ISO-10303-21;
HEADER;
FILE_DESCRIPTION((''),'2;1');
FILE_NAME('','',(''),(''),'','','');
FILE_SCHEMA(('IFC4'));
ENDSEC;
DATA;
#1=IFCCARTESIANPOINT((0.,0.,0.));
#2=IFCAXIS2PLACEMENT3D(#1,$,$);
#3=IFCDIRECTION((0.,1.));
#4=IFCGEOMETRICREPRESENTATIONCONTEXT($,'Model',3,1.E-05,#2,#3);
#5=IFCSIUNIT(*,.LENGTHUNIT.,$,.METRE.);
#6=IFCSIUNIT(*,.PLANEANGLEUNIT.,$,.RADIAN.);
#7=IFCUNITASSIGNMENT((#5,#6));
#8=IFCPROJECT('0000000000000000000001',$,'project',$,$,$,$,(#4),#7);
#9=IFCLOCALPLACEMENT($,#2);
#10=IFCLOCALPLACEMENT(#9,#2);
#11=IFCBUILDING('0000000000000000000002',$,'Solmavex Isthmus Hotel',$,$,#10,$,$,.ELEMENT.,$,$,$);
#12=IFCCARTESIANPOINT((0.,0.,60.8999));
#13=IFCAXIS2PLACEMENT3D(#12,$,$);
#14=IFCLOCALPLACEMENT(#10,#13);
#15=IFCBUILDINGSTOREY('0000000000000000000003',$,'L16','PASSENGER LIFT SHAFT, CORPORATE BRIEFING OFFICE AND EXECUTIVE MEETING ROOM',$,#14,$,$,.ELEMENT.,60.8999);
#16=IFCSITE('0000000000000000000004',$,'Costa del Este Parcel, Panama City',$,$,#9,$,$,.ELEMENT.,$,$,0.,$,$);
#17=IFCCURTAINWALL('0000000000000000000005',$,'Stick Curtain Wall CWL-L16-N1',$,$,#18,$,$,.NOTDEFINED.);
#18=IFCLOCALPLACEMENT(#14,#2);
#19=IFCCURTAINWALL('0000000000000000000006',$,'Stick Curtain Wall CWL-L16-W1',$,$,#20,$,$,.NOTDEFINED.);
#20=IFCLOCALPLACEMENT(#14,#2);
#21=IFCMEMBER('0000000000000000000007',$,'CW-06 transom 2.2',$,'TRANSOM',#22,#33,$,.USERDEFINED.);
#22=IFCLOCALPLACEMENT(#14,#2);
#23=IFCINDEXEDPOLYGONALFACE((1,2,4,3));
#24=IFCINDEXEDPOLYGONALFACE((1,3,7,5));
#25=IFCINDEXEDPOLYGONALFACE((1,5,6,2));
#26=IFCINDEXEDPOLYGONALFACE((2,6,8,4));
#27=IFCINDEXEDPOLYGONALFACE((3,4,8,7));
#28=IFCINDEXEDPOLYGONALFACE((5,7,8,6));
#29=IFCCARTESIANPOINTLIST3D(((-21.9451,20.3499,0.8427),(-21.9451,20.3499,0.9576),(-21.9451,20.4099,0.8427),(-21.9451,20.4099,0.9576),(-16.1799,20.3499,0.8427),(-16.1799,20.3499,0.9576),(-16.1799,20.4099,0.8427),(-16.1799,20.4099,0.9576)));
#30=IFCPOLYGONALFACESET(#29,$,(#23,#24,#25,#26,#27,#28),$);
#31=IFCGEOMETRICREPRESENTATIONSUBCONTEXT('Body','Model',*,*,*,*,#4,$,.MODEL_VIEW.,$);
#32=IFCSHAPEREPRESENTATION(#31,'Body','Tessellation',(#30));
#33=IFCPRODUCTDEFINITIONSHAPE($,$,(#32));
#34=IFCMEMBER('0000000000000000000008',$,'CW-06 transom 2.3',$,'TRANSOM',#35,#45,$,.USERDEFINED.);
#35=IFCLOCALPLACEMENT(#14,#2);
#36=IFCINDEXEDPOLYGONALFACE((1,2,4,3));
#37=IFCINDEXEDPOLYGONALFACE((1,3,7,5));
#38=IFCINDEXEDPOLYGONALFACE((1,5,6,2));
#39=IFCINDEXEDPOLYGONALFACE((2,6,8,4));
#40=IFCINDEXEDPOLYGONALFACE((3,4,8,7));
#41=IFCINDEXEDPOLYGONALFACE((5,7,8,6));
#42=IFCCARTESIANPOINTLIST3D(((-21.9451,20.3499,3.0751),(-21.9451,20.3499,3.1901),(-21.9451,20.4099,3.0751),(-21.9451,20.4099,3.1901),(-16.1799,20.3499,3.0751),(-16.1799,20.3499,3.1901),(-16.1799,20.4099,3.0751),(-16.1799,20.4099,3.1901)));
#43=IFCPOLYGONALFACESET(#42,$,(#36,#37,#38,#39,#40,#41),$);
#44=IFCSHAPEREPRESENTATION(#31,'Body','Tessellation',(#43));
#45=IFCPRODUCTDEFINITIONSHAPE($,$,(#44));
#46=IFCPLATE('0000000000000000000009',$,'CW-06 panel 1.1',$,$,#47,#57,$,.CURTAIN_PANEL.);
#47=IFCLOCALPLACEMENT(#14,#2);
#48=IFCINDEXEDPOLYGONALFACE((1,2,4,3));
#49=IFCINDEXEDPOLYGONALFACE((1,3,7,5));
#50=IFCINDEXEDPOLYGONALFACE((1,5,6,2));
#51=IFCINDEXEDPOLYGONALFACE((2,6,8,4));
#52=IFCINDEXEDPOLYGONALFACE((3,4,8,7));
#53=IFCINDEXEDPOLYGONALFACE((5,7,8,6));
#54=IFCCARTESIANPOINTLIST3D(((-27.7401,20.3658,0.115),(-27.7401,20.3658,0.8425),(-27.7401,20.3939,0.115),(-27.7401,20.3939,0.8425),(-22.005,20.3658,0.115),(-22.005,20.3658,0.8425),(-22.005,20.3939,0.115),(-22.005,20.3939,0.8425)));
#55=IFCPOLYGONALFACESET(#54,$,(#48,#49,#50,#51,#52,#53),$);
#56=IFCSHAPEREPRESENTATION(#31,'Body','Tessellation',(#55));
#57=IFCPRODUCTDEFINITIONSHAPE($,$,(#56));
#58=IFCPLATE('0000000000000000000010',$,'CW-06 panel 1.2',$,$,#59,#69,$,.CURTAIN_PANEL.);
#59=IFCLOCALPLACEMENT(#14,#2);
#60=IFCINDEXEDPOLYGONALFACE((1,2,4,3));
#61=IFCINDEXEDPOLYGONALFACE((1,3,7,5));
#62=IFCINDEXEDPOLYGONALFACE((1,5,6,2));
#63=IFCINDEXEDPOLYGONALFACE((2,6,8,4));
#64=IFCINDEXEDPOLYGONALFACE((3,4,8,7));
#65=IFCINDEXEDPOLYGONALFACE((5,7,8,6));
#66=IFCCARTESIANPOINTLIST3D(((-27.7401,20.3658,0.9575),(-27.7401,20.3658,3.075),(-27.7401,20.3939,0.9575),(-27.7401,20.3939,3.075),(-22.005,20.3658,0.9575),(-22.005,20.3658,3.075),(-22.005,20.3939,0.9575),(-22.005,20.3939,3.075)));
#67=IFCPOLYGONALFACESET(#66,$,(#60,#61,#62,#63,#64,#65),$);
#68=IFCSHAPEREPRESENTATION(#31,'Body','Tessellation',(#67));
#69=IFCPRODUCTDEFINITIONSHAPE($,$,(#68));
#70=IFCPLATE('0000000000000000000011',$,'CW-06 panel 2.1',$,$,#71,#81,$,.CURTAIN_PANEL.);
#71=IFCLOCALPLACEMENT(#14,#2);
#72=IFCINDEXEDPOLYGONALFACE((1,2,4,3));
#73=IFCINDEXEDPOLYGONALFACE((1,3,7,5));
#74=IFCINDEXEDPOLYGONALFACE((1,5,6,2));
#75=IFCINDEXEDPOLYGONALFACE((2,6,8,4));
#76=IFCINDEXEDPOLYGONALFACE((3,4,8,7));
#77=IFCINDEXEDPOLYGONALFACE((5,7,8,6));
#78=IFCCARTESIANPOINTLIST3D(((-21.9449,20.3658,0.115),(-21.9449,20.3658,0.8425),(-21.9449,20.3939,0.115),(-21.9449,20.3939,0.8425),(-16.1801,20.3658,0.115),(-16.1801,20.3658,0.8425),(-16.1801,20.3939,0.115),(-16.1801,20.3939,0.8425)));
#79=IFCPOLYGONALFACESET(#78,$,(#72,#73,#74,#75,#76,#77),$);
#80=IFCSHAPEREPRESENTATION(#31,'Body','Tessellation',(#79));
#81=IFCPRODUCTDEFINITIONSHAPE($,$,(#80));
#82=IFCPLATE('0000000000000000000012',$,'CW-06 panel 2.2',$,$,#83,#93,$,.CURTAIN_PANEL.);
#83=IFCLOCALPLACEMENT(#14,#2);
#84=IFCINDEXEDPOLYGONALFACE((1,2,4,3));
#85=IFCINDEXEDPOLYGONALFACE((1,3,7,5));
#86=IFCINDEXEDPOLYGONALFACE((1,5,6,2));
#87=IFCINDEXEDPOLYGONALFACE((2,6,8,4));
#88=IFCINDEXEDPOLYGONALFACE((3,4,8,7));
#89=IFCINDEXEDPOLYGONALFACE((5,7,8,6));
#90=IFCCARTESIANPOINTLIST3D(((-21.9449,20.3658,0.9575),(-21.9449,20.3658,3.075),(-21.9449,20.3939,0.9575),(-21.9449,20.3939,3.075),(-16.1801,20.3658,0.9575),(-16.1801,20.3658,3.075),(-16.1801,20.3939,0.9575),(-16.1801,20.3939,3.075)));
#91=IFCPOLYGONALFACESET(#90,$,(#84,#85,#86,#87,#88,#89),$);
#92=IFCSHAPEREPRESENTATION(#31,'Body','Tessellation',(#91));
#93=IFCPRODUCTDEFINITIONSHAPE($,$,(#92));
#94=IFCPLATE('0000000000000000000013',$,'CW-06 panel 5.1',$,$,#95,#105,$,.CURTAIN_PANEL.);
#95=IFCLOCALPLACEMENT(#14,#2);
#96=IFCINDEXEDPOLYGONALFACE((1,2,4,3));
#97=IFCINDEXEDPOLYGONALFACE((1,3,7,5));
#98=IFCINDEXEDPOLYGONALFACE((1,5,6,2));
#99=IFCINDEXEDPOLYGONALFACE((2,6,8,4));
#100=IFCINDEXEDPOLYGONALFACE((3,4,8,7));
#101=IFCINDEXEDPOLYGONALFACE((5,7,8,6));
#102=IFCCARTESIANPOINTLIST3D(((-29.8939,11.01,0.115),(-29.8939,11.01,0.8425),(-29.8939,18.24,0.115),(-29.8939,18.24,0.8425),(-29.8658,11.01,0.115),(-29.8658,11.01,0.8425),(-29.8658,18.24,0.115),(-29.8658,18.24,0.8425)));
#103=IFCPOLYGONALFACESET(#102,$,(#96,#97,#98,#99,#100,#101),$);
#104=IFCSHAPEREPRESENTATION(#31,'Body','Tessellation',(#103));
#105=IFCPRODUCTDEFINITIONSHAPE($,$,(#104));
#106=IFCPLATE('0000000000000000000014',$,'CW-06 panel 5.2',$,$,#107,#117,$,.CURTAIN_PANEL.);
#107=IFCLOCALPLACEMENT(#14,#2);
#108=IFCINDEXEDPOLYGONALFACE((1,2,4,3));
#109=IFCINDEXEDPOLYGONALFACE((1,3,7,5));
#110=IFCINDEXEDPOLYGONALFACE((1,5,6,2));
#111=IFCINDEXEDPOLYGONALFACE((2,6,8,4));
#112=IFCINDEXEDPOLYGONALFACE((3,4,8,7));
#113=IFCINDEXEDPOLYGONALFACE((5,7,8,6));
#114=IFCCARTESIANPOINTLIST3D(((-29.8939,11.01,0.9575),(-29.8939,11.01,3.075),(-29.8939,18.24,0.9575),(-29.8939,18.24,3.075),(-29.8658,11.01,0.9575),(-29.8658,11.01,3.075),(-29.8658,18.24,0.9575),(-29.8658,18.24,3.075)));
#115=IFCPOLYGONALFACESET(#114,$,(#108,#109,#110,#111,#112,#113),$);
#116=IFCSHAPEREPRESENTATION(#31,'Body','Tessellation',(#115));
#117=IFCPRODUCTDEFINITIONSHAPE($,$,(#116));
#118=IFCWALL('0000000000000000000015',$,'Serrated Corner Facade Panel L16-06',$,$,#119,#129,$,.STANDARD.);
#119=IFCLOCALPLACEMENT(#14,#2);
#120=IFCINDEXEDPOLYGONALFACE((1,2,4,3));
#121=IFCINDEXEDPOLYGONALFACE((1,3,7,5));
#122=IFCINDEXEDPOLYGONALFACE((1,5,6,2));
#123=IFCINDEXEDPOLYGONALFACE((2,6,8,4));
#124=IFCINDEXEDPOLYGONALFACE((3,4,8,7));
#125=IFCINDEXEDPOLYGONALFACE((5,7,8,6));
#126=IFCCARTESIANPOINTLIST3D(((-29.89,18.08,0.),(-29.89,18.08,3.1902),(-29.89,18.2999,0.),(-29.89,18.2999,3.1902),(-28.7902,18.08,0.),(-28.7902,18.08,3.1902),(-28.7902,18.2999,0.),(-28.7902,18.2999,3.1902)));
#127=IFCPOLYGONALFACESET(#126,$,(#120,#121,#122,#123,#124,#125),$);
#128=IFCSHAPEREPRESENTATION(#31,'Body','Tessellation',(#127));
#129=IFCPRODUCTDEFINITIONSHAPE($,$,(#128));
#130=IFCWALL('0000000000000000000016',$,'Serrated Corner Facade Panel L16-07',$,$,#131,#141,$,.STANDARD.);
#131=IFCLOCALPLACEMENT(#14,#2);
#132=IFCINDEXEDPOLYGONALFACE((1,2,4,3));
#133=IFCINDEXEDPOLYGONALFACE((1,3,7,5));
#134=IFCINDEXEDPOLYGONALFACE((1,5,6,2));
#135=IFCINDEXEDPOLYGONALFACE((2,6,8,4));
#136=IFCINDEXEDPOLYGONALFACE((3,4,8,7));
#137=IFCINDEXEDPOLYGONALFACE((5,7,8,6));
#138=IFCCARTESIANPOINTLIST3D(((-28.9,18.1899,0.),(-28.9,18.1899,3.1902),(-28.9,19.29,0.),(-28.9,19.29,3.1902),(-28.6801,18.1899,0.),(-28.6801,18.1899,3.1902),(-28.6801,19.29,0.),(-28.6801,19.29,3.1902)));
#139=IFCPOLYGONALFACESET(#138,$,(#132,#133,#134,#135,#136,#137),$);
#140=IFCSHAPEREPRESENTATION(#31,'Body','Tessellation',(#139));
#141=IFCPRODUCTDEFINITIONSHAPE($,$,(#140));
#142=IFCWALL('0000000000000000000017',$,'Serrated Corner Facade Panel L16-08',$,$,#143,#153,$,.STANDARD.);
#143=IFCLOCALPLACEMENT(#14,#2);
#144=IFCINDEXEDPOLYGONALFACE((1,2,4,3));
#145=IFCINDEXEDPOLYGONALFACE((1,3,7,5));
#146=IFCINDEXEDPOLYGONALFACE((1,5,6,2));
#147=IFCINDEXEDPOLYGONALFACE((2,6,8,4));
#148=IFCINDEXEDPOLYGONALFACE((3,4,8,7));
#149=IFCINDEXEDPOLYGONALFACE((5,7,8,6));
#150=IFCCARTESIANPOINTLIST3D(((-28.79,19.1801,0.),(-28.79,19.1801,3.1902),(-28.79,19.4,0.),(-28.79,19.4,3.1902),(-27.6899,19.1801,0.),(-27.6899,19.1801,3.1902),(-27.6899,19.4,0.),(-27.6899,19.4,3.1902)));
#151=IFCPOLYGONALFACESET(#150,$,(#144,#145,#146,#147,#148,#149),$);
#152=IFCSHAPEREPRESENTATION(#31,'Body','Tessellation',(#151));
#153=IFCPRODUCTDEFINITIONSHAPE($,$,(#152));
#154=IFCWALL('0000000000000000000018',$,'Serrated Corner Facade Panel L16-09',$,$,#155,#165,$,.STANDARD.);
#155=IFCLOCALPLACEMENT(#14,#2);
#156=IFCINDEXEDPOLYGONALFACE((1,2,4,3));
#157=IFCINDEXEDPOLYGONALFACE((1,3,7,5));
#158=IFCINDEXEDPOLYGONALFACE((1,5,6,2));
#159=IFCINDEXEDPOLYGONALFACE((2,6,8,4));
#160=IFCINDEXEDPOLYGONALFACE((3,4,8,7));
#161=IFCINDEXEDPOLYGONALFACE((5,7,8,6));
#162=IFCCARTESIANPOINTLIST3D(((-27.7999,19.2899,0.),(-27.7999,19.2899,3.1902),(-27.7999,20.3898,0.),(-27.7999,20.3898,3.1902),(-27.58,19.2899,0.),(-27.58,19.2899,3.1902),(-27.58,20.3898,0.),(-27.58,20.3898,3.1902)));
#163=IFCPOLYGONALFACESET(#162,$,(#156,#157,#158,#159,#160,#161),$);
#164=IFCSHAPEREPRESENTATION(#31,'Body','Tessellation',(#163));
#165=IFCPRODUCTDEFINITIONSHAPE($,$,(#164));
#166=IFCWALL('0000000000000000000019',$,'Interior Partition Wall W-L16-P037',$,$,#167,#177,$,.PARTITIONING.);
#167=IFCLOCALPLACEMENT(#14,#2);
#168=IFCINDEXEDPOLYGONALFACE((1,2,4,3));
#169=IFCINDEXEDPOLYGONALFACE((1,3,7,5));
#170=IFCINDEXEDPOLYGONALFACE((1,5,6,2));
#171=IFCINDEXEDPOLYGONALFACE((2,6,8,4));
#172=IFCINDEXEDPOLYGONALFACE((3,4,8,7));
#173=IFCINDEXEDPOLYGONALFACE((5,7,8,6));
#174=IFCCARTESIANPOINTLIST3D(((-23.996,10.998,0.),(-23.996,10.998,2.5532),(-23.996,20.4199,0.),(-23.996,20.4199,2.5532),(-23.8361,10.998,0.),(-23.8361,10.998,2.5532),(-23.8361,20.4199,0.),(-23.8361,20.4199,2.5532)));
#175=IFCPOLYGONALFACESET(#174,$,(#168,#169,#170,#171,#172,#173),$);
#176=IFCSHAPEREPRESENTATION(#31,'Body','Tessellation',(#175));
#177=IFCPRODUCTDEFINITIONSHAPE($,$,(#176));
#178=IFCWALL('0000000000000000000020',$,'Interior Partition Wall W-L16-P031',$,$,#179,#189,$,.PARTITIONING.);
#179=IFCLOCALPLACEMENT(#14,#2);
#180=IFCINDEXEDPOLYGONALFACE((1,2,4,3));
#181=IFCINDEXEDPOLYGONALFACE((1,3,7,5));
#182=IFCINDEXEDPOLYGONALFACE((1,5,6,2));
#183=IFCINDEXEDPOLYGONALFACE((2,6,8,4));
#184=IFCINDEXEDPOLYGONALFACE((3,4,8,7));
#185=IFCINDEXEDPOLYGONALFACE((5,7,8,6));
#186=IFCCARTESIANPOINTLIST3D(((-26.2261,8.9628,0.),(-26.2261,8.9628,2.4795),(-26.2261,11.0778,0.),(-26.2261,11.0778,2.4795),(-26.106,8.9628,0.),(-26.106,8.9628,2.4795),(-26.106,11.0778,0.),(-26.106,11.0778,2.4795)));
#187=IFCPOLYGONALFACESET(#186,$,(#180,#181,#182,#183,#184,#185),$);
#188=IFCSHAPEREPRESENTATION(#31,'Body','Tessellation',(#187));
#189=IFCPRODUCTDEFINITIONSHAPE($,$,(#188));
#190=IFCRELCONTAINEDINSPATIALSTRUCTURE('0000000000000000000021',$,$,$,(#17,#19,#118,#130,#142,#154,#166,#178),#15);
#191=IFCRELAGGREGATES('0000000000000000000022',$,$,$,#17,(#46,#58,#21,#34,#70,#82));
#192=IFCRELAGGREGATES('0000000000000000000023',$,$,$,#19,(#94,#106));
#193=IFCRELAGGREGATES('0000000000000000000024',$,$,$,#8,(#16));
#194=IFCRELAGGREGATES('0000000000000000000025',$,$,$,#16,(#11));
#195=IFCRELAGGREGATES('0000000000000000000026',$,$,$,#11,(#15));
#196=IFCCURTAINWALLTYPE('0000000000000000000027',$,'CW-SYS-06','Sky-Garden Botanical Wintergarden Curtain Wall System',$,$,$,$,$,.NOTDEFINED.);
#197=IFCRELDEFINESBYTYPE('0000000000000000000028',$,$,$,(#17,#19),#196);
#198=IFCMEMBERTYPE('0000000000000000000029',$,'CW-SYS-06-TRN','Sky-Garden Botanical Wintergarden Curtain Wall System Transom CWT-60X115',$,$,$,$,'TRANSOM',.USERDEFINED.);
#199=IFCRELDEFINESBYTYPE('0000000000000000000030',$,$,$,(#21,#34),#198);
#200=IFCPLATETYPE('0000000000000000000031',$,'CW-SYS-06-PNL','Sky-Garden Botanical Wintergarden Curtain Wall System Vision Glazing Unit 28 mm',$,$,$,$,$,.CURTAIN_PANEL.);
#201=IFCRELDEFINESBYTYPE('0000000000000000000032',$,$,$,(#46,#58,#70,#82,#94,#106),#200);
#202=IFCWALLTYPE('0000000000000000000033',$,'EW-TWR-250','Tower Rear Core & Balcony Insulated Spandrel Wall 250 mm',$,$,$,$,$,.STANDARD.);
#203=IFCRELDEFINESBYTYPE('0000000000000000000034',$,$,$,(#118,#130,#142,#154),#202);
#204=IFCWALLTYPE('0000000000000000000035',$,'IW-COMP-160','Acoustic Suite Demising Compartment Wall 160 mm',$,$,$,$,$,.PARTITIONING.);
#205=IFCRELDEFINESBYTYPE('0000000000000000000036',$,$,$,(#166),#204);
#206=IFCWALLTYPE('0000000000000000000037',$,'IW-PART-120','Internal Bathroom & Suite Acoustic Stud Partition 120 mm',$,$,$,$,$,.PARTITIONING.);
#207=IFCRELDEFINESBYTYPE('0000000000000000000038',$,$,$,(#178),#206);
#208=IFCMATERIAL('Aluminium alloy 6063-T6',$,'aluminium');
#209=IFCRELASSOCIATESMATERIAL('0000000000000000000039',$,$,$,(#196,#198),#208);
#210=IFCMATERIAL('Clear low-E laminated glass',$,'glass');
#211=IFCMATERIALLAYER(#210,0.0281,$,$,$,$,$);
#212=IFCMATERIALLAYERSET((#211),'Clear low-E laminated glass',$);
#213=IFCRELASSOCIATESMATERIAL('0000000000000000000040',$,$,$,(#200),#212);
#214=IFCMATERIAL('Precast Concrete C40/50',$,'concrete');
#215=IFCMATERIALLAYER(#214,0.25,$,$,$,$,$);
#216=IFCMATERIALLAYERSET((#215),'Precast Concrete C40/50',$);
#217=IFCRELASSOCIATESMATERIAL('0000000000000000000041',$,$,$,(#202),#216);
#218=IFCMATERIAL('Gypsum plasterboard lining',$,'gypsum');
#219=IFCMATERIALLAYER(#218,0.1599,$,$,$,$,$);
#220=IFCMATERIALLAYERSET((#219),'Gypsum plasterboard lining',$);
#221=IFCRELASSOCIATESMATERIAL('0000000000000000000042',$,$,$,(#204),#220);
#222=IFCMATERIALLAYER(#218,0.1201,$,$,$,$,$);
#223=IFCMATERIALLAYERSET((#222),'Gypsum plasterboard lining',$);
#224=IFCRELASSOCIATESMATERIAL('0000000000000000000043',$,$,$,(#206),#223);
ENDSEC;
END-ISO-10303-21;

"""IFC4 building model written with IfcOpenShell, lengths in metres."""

from ifc_helpers import new_model, si_unit, direction, frame, frame_2d, origin, origin_2d, place, context, subcontext, project, spatial, rectangle, extrude, material, layer, layer_set, material_profile, profile_set, type_object, element, aggregate, save


model = new_model("IFC4")

# Units and contexts
model_context = context("Model", 3, precision=1e-05, world=origin(), true_north=direction((0.0, 1.0)))
body_context = subcontext(model_context, "Body", "Model", "MODEL_VIEW")
ifc_project = project(units=[si_unit("LENGTHUNIT", "METRE"), si_unit("PLANEANGLEUNIT", "RADIAN")], contexts=[model_context])

# Site, building, storey
site_placement = place(None, origin())
site = spatial("IfcSite", under=ifc_project, at=site_placement, Name="Costa del Este Parcel, Panama City", CompositionType="ELEMENT", RefElevation=0.0)
building_placement = place(site_placement, origin())
building = spatial("IfcBuilding", under=site, at=building_placement, Name="Solmavex Isthmus Hotel", CompositionType="ELEMENT")
storey_placement = place(building_placement, frame((0.0, 0.0, 60.8999)))
storey = spatial("IfcBuildingStorey", under=building, at=storey_placement, Name="L16", Description="PASSENGER LIFT SHAFT, CORPORATE BRIEFING OFFICE AND EXECUTIVE MEETING ROOM", CompositionType="ELEMENT", Elevation=60.8999)

# Curtain wall
ifc_material_1 = material(Name="Aluminium alloy 6063-T6", Category="aluminium")
curtain_wall_type = type_object("IfcCurtainWallType", Name="CW-SYS-06", Description="Sky-Garden Botanical Wintergarden Curtain Wall System", PredefinedType="NOTDEFINED", material=ifc_material_1)
curtain_wall_1_placement = place(storey_placement, origin())
curtain_wall_1 = element("IfcCurtainWall", 1, at=curtain_wall_1_placement, inside=storey, type_object=curtain_wall_type, Name="Stick Curtain Wall CWL-L16-N1", PredefinedType="NOTDEFINED")

# Curtain wall
curtain_wall_2_placement = place(storey_placement, origin())
curtain_wall_2 = element("IfcCurtainWall", 2, at=curtain_wall_2_placement, inside=storey, type_object=curtain_wall_type, Name="Stick Curtain Wall CWL-L16-W1", PredefinedType="NOTDEFINED")

# Members
ifc_material_profile_1 = material_profile(ifc_material_1, rectangle(XDim=0.0601, YDim=0.115, at=origin_2d()), Name="CWT-60X115")
ifc_profile_set_1 = profile_set([ifc_material_profile_1], Name="Aluminium alloy 6063-T6")
member_type_1 = type_object("IfcMemberType", Name="CW-SYS-06-TRN", Description="Sky-Garden Botanical Wintergarden Curtain Wall System Transom CWT-60X115", ElementType="TRANSOM", PredefinedType="USERDEFINED", material=ifc_profile_set_1)
member_1_placement = place(storey_placement, frame((-21.9451, 20.3799, 0.9001), z_axis=(1.0, 0.0, 0.0), x_axis=(0.0, 1.0, 0.0)))
member_1 = element("IfcMember", 3, at=member_1_placement, type_object=member_type_1, Name="CW-06 transom 2.2", ObjectType="TRANSOM", PredefinedType="USERDEFINED", context=body_context, shape_type="SweptSolid", body=[
    extrude(rectangle(XDim=0.0601, YDim=0.115, at=origin_2d()), origin(), (0.0, 0.0, 1.0), 5.7651),
])
member_2_placement = place(storey_placement, frame((-21.9451, 20.3799, 3.1326), z_axis=(1.0, 0.0, 0.0), x_axis=(0.0, 1.0, 0.0)))
member_2 = element("IfcMember", 4, at=member_2_placement, type_object=member_type_1, Name="CW-06 transom 2.3", ObjectType="TRANSOM", PredefinedType="USERDEFINED", context=body_context, shape_type="SweptSolid", body=[
    extrude(rectangle(XDim=0.0601, YDim=0.115, at=origin_2d()), origin(), (0.0, 0.0, 1.0), 5.7651),
])

# Plates
ifc_material_2 = material(Name="Clear low-E laminated glass", Category="glass")
ifc_layer_1 = layer(ifc_material_2, 0.0281)
ifc_layer_set_1 = layer_set([ifc_layer_1], Name="Clear low-E laminated glass")
plate_type = type_object("IfcPlateType", Name="CW-SYS-06-PNL", Description="Sky-Garden Botanical Wintergarden Curtain Wall System Vision Glazing Unit 28 mm", PredefinedType="CURTAIN_PANEL", material=ifc_layer_set_1)
plate_1_placement = place(storey_placement, frame((-24.8726, 20.3799, 0.115), z_axis=(0.0, 0.0, 1.0), x_axis=(1.0, 0.0, 0.0)))
plate_1 = element("IfcPlate", 5, at=plate_1_placement, type_object=plate_type, Name="CW-06 panel 1.1", PredefinedType="CURTAIN_PANEL", context=body_context, shape_type="SweptSolid", body=[
    extrude(rectangle(XDim=5.7351, YDim=0.0281, at=origin_2d()), origin(), (0.0, 0.0, 1.0), 0.7275),
])
plate_2_placement = place(storey_placement, frame((-24.8726, 20.3799, 0.9575), z_axis=(0.0, 0.0, 1.0), x_axis=(1.0, 0.0, 0.0)))
plate_2 = element("IfcPlate", 6, at=plate_2_placement, type_object=plate_type, Name="CW-06 panel 1.2", PredefinedType="CURTAIN_PANEL", context=body_context, shape_type="SweptSolid", body=[
    extrude(rectangle(XDim=5.7351, YDim=0.0281, at=origin_2d()), origin(), (0.0, 0.0, 1.0), 2.1174),
])
plate_3_placement = place(storey_placement, frame((-19.0625, 20.3799, 0.115), z_axis=(0.0, 0.0, 1.0), x_axis=(1.0, 0.0, 0.0)))
plate_3 = element("IfcPlate", 7, at=plate_3_placement, type_object=plate_type, Name="CW-06 panel 2.1", PredefinedType="CURTAIN_PANEL", context=body_context, shape_type="SweptSolid", body=[
    extrude(rectangle(XDim=5.7649, YDim=0.0281, at=origin_2d()), origin(), (0.0, 0.0, 1.0), 0.7275),
])
plate_4_placement = place(storey_placement, frame((-19.0625, 20.3799, 0.9575), z_axis=(0.0, 0.0, 1.0), x_axis=(1.0, 0.0, 0.0)))
plate_4 = element("IfcPlate", 8, at=plate_4_placement, type_object=plate_type, Name="CW-06 panel 2.2", PredefinedType="CURTAIN_PANEL", context=body_context, shape_type="SweptSolid", body=[
    extrude(rectangle(XDim=5.7649, YDim=0.0281, at=origin_2d()), origin(), (0.0, 0.0, 1.0), 2.1174),
])
aggregate(curtain_wall_1, [plate_1, plate_2, member_1, member_2, plate_3, plate_4])
plate_5_placement = place(storey_placement, frame((-29.8799, 14.625, 0.115), z_axis=(0.0, 0.0, 1.0), x_axis=(0.0, 1.0, 0.0)))
plate_5 = element("IfcPlate", 9, at=plate_5_placement, type_object=plate_type, Name="CW-06 panel 5.1", PredefinedType="CURTAIN_PANEL", context=body_context, shape_type="SweptSolid", body=[
    extrude(rectangle(XDim=7.23, YDim=0.0281, at=origin_2d()), origin(), (0.0, 0.0, 1.0), 0.7275),
])
plate_6_placement = place(storey_placement, frame((-29.8799, 14.625, 0.9575), z_axis=(0.0, 0.0, 1.0), x_axis=(0.0, 1.0, 0.0)))
plate_6 = element("IfcPlate", 10, at=plate_6_placement, type_object=plate_type, Name="CW-06 panel 5.2", PredefinedType="CURTAIN_PANEL", context=body_context, shape_type="SweptSolid", body=[
    extrude(rectangle(XDim=7.23, YDim=0.0281, at=origin_2d()), origin(), (0.0, 0.0, 1.0), 2.1174),
])
aggregate(curtain_wall_2, [plate_5, plate_6])

# Walls
ifc_material_3 = material(Name="Precast Concrete C40/50", Category="concrete")
ifc_layer_2 = layer(ifc_material_3, 0.25)
ifc_layer_set_2 = layer_set([ifc_layer_2], Name="Precast Concrete C40/50")
wall_type_1 = type_object("IfcWallType", Name="EW-TWR-250", Description="Tower Rear Core & Balcony Insulated Spandrel Wall 250 mm", PredefinedType="STANDARD", material=ifc_layer_set_2)
wall_1_placement = place(storey_placement, frame((-29.8899, 18.1899, 0.0), z_axis=(0.0, 0.0, 1.0), x_axis=(1.0, 0.0, 0.0)))
element("IfcWall", 11, at=wall_1_placement, inside=storey, type_object=wall_type_1, Name="Serrated Corner Facade Panel L16-06", PredefinedType="STANDARD", context=body_context, shape_type="SweptSolid", body=[
    extrude(rectangle(XDim=1.0999, YDim=0.22, at=frame_2d((0.5498, 0.0))), origin(), (0.0, 0.0, 1.0), 3.1902),
])
for number, where, z_axis, x_axis, name in (
    (12, (-28.79, 18.1899, 0.0), (0.0, 0.0, 1.0), (0.0, 1.0, 0.0), "Serrated Corner Facade Panel L16-07"),
    (13, (-28.79, 19.29, 0.0), (0.0, 0.0, 1.0), (1.0, 0.0, 0.0), "Serrated Corner Facade Panel L16-08"),
):
    element("IfcWall", number, at=place(storey_placement, frame(where, z_axis=z_axis, x_axis=x_axis)), inside=storey, type_object=wall_type_1, Name=name, PredefinedType="STANDARD", context=body_context, shape_type="SweptSolid", body=[
        extrude(rectangle(XDim=1.1001, YDim=0.22, at=frame_2d((0.55, 0.0))), origin(), (0.0, 0.0, 1.0), 3.1902),
    ])
wall_2_placement = place(storey_placement, frame((-27.6899, 19.29, 0.0), z_axis=(0.0, 0.0, 1.0), x_axis=(0.0, 1.0, 0.0)))
element("IfcWall", 14, at=wall_2_placement, inside=storey, type_object=wall_type_1, Name="Serrated Corner Facade Panel L16-09", PredefinedType="STANDARD", context=body_context, shape_type="SweptSolid", body=[
    extrude(rectangle(XDim=1.0999, YDim=0.22, at=frame_2d((0.5498, 0.0))), origin(), (0.0, 0.0, 1.0), 3.1902),
])

# Shared definitions
ifc_material_4 = material(Name="Gypsum plasterboard lining", Category="gypsum")
ifc_layer_3 = layer(ifc_material_4, 0.1599)
ifc_layer_set_3 = layer_set([ifc_layer_3], Name="Gypsum plasterboard lining")
wall_type_2 = type_object("IfcWallType", Name="IW-COMP-160", Description="Acoustic Suite Demising Compartment Wall 160 mm", PredefinedType="PARTITIONING", material=ifc_layer_set_3)

# Wall
wall_3_placement = place(storey_placement, frame((-23.916, 20.4199, 0.0), z_axis=(0.0, 0.0, 1.0), x_axis=(0.0, -1.0, 0.0)))
element("IfcWall", 15, at=wall_3_placement, inside=storey, type_object=wall_type_2, Name="Interior Partition Wall W-L16-P037", PredefinedType="PARTITIONING", context=body_context, shape_type="SweptSolid", body=[
    extrude(rectangle(XDim=9.4219, YDim=0.1599, at=frame_2d((4.7109, 0.0))), origin(), (0.0, 0.0, 1.0), 2.5532),
])

# Wall
ifc_layer_4 = layer(ifc_material_4, 0.1201)
ifc_layer_set_4 = layer_set([ifc_layer_4], Name="Gypsum plasterboard lining")
wall_type_3 = type_object("IfcWallType", Name="IW-PART-120", Description="Internal Bathroom & Suite Acoustic Stud Partition 120 mm", PredefinedType="PARTITIONING", material=ifc_layer_set_4)
wall_4_placement = place(storey_placement, frame((-26.166, 11.0779, 0.0), z_axis=(0.0, 0.0, 1.0), x_axis=(0.0, -1.0, 0.0)))
element("IfcWall", 16, at=wall_4_placement, inside=storey, type_object=wall_type_3, Name="Interior Partition Wall W-L16-P031", PredefinedType="PARTITIONING", context=body_context, shape_type="SweptSolid", body=[
    extrude(rectangle(XDim=2.115, YDim=0.1201, at=frame_2d((1.0576, 0.0))), origin(), (0.0, 0.0, 1.0), 2.4795),
])

save(model, "model.ifc")
